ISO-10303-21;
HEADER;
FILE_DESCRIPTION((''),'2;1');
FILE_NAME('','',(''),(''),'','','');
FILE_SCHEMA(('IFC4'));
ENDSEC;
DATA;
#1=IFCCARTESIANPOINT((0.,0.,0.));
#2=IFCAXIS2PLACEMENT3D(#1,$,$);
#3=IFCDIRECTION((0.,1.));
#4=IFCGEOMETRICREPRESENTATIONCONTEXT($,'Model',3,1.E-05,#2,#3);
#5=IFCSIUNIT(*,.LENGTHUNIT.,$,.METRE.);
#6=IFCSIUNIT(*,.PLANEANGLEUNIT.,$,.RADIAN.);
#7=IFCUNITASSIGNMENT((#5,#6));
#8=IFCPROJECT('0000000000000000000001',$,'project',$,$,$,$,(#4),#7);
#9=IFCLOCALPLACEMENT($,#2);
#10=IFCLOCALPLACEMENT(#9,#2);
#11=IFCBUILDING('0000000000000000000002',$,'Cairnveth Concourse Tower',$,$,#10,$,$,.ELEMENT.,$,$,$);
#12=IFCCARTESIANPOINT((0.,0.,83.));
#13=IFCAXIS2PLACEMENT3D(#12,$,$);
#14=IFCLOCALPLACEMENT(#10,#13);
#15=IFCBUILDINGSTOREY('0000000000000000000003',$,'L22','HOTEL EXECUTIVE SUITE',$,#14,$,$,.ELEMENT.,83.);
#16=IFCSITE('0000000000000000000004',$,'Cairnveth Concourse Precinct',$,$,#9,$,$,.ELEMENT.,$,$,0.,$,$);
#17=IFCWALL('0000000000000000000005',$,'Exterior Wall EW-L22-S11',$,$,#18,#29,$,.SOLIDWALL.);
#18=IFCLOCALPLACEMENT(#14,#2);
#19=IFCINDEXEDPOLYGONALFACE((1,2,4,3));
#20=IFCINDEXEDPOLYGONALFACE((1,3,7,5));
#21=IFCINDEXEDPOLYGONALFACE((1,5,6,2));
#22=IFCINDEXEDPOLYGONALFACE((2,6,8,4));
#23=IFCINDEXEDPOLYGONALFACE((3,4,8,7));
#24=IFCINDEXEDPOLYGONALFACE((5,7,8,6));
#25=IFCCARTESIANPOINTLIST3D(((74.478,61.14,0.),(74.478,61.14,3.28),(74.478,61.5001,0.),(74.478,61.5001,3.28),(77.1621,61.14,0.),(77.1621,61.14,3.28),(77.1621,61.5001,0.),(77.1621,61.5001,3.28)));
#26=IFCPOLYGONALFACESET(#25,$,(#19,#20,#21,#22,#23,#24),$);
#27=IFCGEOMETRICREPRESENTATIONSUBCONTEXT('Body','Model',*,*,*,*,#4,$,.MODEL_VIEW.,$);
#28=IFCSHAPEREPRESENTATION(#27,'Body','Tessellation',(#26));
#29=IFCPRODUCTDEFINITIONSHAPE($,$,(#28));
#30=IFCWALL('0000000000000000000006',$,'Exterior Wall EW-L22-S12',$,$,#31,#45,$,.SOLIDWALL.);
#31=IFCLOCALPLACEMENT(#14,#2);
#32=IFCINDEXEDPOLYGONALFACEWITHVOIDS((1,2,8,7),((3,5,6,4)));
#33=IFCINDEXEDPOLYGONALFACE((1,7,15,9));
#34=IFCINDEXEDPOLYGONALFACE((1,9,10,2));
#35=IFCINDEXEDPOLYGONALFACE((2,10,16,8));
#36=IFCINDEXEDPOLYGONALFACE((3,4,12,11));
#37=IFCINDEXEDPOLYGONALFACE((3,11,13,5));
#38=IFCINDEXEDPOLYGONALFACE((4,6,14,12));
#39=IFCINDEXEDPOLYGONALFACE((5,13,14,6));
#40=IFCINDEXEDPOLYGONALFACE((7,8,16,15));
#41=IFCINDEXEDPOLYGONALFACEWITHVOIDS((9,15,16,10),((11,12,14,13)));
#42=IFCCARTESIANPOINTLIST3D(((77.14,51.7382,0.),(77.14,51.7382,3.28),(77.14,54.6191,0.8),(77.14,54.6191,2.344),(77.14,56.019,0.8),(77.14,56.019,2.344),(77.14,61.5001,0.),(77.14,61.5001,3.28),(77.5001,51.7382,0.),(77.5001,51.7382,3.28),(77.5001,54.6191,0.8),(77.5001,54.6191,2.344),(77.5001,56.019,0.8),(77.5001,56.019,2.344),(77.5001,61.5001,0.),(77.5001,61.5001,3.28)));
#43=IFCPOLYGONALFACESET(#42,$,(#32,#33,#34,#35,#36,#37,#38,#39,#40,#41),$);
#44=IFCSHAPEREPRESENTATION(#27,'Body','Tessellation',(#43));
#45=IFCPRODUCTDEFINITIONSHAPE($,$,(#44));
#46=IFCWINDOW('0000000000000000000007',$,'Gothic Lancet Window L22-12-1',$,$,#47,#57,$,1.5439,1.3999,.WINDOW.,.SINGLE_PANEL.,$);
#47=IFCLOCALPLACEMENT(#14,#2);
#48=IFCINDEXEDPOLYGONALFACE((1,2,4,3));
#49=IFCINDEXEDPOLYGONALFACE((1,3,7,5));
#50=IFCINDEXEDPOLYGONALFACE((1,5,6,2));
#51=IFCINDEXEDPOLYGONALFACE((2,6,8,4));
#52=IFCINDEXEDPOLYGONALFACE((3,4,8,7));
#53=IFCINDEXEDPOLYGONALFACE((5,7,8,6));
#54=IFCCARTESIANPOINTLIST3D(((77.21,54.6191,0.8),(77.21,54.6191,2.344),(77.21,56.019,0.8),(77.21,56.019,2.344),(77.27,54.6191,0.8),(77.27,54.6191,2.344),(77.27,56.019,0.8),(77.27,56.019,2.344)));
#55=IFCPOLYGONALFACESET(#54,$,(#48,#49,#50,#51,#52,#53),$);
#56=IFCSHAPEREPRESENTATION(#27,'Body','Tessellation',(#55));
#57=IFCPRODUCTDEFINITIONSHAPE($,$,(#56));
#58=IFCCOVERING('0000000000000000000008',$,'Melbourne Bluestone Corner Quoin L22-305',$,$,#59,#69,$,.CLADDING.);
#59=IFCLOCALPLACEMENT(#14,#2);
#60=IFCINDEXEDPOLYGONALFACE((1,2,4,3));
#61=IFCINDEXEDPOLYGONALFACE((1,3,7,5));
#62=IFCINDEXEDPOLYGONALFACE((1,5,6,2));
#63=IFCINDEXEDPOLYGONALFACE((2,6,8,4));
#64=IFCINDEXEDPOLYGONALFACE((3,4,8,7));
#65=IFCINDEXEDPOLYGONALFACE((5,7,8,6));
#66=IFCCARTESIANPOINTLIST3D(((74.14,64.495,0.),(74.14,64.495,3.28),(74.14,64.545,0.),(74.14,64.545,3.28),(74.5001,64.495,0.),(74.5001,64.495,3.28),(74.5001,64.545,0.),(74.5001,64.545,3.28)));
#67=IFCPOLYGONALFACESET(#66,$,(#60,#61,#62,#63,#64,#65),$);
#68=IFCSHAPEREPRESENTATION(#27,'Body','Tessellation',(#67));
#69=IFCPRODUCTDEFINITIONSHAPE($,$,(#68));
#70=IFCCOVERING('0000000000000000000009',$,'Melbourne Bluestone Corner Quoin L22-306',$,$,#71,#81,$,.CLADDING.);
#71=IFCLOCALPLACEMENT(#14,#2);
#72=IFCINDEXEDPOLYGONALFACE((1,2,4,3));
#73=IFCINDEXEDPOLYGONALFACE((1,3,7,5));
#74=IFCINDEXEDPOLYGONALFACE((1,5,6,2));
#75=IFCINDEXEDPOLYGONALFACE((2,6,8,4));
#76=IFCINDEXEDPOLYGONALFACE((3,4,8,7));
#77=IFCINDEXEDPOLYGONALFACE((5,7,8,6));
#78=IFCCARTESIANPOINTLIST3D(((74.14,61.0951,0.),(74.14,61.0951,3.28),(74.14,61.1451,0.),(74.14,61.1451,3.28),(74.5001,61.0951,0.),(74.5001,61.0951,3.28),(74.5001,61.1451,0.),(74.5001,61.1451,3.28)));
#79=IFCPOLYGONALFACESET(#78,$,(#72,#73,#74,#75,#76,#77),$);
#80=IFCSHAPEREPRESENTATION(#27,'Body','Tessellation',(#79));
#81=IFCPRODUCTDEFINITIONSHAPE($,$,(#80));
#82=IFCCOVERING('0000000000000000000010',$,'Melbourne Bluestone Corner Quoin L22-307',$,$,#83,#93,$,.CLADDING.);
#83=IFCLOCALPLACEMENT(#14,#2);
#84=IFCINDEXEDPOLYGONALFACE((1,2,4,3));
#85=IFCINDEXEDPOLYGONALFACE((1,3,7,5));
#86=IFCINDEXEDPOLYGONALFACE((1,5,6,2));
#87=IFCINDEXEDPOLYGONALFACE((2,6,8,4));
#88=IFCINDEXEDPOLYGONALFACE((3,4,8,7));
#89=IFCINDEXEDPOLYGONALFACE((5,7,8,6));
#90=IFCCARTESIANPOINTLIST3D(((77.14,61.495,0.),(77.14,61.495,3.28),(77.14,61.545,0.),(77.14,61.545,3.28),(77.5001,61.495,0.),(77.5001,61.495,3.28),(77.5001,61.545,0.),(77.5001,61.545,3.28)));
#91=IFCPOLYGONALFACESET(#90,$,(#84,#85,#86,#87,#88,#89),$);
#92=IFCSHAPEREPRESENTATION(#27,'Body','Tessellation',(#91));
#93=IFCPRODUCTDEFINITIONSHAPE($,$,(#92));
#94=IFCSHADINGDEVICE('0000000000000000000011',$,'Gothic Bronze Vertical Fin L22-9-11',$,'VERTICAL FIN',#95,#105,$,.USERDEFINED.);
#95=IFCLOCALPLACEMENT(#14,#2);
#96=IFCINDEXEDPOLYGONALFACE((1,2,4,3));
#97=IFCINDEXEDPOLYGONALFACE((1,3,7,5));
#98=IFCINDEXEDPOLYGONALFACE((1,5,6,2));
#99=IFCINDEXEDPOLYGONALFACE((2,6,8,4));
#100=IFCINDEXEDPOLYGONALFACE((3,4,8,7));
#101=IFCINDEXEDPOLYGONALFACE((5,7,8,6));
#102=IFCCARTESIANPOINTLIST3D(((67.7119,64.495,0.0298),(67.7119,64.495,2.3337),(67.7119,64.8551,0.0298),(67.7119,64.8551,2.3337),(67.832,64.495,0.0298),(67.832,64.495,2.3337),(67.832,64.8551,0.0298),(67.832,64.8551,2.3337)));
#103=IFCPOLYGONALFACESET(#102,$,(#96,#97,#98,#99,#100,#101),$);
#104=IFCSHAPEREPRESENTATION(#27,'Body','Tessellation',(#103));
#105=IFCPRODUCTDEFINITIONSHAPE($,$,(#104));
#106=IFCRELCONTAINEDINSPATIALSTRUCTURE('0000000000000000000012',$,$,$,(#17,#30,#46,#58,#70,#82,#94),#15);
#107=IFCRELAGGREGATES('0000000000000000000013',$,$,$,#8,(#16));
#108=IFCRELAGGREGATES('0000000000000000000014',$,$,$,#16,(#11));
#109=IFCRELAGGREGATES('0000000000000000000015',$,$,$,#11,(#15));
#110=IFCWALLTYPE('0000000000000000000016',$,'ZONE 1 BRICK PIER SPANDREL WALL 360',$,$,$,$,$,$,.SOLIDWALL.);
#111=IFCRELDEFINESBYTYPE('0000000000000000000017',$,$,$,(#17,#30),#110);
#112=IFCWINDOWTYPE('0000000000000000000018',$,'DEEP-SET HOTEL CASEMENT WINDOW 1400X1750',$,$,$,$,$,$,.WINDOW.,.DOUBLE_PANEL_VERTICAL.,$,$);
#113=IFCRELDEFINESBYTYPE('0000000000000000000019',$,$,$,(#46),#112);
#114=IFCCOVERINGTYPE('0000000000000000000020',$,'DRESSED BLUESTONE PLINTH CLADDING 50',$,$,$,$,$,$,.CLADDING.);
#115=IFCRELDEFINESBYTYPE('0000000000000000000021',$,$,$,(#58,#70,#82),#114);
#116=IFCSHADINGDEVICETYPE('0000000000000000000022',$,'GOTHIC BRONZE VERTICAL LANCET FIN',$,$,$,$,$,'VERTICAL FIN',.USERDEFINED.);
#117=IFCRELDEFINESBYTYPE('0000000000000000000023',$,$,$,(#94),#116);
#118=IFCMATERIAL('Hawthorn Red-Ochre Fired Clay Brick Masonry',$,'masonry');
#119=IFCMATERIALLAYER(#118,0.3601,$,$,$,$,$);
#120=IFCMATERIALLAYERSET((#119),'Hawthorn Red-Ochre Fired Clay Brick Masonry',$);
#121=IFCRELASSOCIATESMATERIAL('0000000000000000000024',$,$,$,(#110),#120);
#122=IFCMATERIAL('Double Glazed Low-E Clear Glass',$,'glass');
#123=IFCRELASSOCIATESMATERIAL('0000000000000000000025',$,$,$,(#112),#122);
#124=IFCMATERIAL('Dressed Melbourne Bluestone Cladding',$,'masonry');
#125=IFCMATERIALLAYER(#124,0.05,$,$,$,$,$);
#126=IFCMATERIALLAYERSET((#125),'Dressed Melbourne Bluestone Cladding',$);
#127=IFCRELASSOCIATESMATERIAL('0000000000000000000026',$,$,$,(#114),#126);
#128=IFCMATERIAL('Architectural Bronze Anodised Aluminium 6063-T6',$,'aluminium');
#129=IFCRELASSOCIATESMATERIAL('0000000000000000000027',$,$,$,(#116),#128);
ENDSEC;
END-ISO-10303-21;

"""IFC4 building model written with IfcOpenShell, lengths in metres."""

from ifc_helpers import new_model, si_unit, direction, frame, frame_2d, origin, origin_2d, place, context, subcontext, project, spatial, rectangle, extrude, material, layer, layer_set, type_object, element, fill, save


model = new_model("IFC4")

# Units and contexts
model_context = context("Model", 3, precision=1e-05, world=origin(), true_north=direction((0.0, 1.0)))
body_context = subcontext(model_context, "Body", "Model", "MODEL_VIEW")
ifc_project = project(units=[si_unit("LENGTHUNIT", "METRE"), si_unit("PLANEANGLEUNIT", "RADIAN")], contexts=[model_context])

# Site, building, storey
site_placement = place(None, origin())
site = spatial("IfcSite", under=ifc_project, at=site_placement, Name="Cairnveth Concourse Precinct", CompositionType="ELEMENT", RefElevation=0.0)
building_placement = place(site_placement, origin())
building = spatial("IfcBuilding", under=site, at=building_placement, Name="Cairnveth Concourse Tower", CompositionType="ELEMENT")
storey_placement = place(building_placement, frame((0.0, 0.0, 83.0)))
storey = spatial("IfcBuildingStorey", under=building, at=storey_placement, Name="L22", Description="HOTEL EXECUTIVE SUITE", CompositionType="ELEMENT", Elevation=83.0)

# Wall
ifc_material_1 = material(Name="Hawthorn Red-Ochre Fired Clay Brick Masonry", Category="masonry")
ifc_layer_1 = layer(ifc_material_1, 0.3601)
ifc_layer_set_1 = layer_set([ifc_layer_1], Name="Hawthorn Red-Ochre Fired Clay Brick Masonry")
wall_type = type_object("IfcWallType", Name="ZONE 1 BRICK PIER SPANDREL WALL 360", PredefinedType="SOLIDWALL", material=ifc_layer_set_1)
wall_1_placement = place(storey_placement, frame((74.478, 61.3201, 0.0), z_axis=(0.0, 0.0, 1.0), x_axis=(1.0, 0.0, 0.0)))
element("IfcWall", 1, at=wall_1_placement, inside=storey, type_object=wall_type, Name="Exterior Wall EW-L22-S11", PredefinedType="SOLIDWALL", context=body_context, shape_type="SweptSolid", body=[
    extrude(rectangle(XDim=2.6841, YDim=0.3601, at=frame_2d((1.342, 0.0))), origin(), (0.0, 0.0, 1.0), 3.28),
])

# Wall, opening, window
wall_2_placement = place(storey_placement, frame((77.3201, 61.5, 0.0), z_axis=(0.0, 0.0, 1.0), x_axis=(0.0, -1.0, 0.0)))
wall_2 = element("IfcWall", 2, at=wall_2_placement, inside=storey, type_object=wall_type, Name="Exterior Wall EW-L22-S12", PredefinedType="SOLIDWALL", context=body_context, shape_type="SweptSolid", body=[
    extrude(rectangle(XDim=9.762, YDim=0.3601, at=frame_2d((4.8809, 0.0))), origin(), (0.0, 0.0, 1.0), 3.28),
])
opening_placement = place(wall_2_placement, frame((5.481, 0.0, 0.8)))
opening = element("IfcOpeningElement", 3, at=opening_placement, cuts=wall_2, PredefinedType="OPENING", context=body_context, shape_type="SweptSolid", body=[
    extrude(rectangle(XDim=1.3999, YDim=1.5439, at=frame_2d((0.7, 0.772))), frame((0.0, 0.1899, 0.0), z_axis=(0.0, -1.0, 0.0), x_axis=(1.0, 0.0, 0.0)), (0.0, 0.0, 1.0), 0.3801),
])
ifc_material_2 = material(Name="Double Glazed Low-E Clear Glass", Category="glass")
window_type = type_object("IfcWindowType", Name="DEEP-SET HOTEL CASEMENT WINDOW 1400X1750", PartitioningType="DOUBLE_PANEL_VERTICAL", PredefinedType="WINDOW", material=ifc_material_2)
window_placement = place(opening_placement, origin())
window = element("IfcWindow", 4, at=window_placement, inside=storey, type_object=window_type, Name="Gothic Lancet Window L22-12-1", OverallHeight=1.5439, OverallWidth=1.3999, PartitioningType="SINGLE_PANEL", PredefinedType="WINDOW", context=body_context, shape_type="SweptSolid", body=[
    extrude(rectangle(XDim=1.3999, YDim=1.5439, at=frame_2d((0.7, 0.772))), frame((0.0, -0.05, 0.0), z_axis=(0.0, -1.0, 0.0), x_axis=(1.0, 0.0, 0.0)), (0.0, 0.0, 1.0), 0.0601),
])
fill(opening, window)

# Coverings
ifc_material_3 = material(Name="Dressed Melbourne Bluestone Cladding", Category="masonry")
ifc_layer_2 = layer(ifc_material_3, 0.05)
ifc_layer_set_2 = layer_set([ifc_layer_2], Name="Dressed Melbourne Bluestone Cladding")
covering_type = type_object("IfcCoveringType", Name="DRESSED BLUESTONE PLINTH CLADDING 50", PredefinedType="CLADDING", material=ifc_layer_set_2)
for number, where, z_axis, x_axis, name in (
    (5, (74.1399, 64.52, 0.0), (0.0, 0.0, 1.0), (1.0, 0.0, 0.0), "Melbourne Bluestone Corner Quoin L22-305"),
    (6, (74.1399, 61.1201, 0.0), (0.0, 0.0, 1.0), (1.0, 0.0, 0.0), "Melbourne Bluestone Corner Quoin L22-306"),
    (7, (77.1399, 61.52, 0.0), (0.0, 0.0, 1.0), (1.0, 0.0, 0.0), "Melbourne Bluestone Corner Quoin L22-307"),
):
    element("IfcCovering", number, at=place(storey_placement, frame(where, z_axis=z_axis, x_axis=x_axis)), inside=storey, type_object=covering_type, Name=name, PredefinedType="CLADDING", context=body_context, shape_type="SweptSolid", body=[
        extrude(rectangle(XDim=0.3601, YDim=0.05, at=frame_2d((0.1802, 0.0))), origin(), (0.0, 0.0, 1.0), 3.28),
    ])

# Shading device
ifc_material_4 = material(Name="Architectural Bronze Anodised Aluminium 6063-T6", Category="aluminium")
shading_device_type = type_object("IfcShadingDeviceType", Name="GOTHIC BRONZE VERTICAL LANCET FIN", ElementType="VERTICAL FIN", PredefinedType="USERDEFINED", material=ifc_material_4)
shading_device_placement = place(storey_placement, frame((67.772, 64.675, 0.0298), z_axis=(0.0, 0.0, 1.0), x_axis=(1.0, 0.0, 0.0)))
element("IfcShadingDevice", 8, at=shading_device_placement, inside=storey, type_object=shading_device_type, Name="Gothic Bronze Vertical Fin L22-9-11", ObjectType="VERTICAL FIN", PredefinedType="USERDEFINED", context=body_context, shape_type="SweptSolid", body=[
    extrude(rectangle(XDim=0.1201, YDim=0.3601, at=origin_2d()), origin(), (0.0, 0.0, 1.0), 2.304),
])

save(model, "model.ifc")
